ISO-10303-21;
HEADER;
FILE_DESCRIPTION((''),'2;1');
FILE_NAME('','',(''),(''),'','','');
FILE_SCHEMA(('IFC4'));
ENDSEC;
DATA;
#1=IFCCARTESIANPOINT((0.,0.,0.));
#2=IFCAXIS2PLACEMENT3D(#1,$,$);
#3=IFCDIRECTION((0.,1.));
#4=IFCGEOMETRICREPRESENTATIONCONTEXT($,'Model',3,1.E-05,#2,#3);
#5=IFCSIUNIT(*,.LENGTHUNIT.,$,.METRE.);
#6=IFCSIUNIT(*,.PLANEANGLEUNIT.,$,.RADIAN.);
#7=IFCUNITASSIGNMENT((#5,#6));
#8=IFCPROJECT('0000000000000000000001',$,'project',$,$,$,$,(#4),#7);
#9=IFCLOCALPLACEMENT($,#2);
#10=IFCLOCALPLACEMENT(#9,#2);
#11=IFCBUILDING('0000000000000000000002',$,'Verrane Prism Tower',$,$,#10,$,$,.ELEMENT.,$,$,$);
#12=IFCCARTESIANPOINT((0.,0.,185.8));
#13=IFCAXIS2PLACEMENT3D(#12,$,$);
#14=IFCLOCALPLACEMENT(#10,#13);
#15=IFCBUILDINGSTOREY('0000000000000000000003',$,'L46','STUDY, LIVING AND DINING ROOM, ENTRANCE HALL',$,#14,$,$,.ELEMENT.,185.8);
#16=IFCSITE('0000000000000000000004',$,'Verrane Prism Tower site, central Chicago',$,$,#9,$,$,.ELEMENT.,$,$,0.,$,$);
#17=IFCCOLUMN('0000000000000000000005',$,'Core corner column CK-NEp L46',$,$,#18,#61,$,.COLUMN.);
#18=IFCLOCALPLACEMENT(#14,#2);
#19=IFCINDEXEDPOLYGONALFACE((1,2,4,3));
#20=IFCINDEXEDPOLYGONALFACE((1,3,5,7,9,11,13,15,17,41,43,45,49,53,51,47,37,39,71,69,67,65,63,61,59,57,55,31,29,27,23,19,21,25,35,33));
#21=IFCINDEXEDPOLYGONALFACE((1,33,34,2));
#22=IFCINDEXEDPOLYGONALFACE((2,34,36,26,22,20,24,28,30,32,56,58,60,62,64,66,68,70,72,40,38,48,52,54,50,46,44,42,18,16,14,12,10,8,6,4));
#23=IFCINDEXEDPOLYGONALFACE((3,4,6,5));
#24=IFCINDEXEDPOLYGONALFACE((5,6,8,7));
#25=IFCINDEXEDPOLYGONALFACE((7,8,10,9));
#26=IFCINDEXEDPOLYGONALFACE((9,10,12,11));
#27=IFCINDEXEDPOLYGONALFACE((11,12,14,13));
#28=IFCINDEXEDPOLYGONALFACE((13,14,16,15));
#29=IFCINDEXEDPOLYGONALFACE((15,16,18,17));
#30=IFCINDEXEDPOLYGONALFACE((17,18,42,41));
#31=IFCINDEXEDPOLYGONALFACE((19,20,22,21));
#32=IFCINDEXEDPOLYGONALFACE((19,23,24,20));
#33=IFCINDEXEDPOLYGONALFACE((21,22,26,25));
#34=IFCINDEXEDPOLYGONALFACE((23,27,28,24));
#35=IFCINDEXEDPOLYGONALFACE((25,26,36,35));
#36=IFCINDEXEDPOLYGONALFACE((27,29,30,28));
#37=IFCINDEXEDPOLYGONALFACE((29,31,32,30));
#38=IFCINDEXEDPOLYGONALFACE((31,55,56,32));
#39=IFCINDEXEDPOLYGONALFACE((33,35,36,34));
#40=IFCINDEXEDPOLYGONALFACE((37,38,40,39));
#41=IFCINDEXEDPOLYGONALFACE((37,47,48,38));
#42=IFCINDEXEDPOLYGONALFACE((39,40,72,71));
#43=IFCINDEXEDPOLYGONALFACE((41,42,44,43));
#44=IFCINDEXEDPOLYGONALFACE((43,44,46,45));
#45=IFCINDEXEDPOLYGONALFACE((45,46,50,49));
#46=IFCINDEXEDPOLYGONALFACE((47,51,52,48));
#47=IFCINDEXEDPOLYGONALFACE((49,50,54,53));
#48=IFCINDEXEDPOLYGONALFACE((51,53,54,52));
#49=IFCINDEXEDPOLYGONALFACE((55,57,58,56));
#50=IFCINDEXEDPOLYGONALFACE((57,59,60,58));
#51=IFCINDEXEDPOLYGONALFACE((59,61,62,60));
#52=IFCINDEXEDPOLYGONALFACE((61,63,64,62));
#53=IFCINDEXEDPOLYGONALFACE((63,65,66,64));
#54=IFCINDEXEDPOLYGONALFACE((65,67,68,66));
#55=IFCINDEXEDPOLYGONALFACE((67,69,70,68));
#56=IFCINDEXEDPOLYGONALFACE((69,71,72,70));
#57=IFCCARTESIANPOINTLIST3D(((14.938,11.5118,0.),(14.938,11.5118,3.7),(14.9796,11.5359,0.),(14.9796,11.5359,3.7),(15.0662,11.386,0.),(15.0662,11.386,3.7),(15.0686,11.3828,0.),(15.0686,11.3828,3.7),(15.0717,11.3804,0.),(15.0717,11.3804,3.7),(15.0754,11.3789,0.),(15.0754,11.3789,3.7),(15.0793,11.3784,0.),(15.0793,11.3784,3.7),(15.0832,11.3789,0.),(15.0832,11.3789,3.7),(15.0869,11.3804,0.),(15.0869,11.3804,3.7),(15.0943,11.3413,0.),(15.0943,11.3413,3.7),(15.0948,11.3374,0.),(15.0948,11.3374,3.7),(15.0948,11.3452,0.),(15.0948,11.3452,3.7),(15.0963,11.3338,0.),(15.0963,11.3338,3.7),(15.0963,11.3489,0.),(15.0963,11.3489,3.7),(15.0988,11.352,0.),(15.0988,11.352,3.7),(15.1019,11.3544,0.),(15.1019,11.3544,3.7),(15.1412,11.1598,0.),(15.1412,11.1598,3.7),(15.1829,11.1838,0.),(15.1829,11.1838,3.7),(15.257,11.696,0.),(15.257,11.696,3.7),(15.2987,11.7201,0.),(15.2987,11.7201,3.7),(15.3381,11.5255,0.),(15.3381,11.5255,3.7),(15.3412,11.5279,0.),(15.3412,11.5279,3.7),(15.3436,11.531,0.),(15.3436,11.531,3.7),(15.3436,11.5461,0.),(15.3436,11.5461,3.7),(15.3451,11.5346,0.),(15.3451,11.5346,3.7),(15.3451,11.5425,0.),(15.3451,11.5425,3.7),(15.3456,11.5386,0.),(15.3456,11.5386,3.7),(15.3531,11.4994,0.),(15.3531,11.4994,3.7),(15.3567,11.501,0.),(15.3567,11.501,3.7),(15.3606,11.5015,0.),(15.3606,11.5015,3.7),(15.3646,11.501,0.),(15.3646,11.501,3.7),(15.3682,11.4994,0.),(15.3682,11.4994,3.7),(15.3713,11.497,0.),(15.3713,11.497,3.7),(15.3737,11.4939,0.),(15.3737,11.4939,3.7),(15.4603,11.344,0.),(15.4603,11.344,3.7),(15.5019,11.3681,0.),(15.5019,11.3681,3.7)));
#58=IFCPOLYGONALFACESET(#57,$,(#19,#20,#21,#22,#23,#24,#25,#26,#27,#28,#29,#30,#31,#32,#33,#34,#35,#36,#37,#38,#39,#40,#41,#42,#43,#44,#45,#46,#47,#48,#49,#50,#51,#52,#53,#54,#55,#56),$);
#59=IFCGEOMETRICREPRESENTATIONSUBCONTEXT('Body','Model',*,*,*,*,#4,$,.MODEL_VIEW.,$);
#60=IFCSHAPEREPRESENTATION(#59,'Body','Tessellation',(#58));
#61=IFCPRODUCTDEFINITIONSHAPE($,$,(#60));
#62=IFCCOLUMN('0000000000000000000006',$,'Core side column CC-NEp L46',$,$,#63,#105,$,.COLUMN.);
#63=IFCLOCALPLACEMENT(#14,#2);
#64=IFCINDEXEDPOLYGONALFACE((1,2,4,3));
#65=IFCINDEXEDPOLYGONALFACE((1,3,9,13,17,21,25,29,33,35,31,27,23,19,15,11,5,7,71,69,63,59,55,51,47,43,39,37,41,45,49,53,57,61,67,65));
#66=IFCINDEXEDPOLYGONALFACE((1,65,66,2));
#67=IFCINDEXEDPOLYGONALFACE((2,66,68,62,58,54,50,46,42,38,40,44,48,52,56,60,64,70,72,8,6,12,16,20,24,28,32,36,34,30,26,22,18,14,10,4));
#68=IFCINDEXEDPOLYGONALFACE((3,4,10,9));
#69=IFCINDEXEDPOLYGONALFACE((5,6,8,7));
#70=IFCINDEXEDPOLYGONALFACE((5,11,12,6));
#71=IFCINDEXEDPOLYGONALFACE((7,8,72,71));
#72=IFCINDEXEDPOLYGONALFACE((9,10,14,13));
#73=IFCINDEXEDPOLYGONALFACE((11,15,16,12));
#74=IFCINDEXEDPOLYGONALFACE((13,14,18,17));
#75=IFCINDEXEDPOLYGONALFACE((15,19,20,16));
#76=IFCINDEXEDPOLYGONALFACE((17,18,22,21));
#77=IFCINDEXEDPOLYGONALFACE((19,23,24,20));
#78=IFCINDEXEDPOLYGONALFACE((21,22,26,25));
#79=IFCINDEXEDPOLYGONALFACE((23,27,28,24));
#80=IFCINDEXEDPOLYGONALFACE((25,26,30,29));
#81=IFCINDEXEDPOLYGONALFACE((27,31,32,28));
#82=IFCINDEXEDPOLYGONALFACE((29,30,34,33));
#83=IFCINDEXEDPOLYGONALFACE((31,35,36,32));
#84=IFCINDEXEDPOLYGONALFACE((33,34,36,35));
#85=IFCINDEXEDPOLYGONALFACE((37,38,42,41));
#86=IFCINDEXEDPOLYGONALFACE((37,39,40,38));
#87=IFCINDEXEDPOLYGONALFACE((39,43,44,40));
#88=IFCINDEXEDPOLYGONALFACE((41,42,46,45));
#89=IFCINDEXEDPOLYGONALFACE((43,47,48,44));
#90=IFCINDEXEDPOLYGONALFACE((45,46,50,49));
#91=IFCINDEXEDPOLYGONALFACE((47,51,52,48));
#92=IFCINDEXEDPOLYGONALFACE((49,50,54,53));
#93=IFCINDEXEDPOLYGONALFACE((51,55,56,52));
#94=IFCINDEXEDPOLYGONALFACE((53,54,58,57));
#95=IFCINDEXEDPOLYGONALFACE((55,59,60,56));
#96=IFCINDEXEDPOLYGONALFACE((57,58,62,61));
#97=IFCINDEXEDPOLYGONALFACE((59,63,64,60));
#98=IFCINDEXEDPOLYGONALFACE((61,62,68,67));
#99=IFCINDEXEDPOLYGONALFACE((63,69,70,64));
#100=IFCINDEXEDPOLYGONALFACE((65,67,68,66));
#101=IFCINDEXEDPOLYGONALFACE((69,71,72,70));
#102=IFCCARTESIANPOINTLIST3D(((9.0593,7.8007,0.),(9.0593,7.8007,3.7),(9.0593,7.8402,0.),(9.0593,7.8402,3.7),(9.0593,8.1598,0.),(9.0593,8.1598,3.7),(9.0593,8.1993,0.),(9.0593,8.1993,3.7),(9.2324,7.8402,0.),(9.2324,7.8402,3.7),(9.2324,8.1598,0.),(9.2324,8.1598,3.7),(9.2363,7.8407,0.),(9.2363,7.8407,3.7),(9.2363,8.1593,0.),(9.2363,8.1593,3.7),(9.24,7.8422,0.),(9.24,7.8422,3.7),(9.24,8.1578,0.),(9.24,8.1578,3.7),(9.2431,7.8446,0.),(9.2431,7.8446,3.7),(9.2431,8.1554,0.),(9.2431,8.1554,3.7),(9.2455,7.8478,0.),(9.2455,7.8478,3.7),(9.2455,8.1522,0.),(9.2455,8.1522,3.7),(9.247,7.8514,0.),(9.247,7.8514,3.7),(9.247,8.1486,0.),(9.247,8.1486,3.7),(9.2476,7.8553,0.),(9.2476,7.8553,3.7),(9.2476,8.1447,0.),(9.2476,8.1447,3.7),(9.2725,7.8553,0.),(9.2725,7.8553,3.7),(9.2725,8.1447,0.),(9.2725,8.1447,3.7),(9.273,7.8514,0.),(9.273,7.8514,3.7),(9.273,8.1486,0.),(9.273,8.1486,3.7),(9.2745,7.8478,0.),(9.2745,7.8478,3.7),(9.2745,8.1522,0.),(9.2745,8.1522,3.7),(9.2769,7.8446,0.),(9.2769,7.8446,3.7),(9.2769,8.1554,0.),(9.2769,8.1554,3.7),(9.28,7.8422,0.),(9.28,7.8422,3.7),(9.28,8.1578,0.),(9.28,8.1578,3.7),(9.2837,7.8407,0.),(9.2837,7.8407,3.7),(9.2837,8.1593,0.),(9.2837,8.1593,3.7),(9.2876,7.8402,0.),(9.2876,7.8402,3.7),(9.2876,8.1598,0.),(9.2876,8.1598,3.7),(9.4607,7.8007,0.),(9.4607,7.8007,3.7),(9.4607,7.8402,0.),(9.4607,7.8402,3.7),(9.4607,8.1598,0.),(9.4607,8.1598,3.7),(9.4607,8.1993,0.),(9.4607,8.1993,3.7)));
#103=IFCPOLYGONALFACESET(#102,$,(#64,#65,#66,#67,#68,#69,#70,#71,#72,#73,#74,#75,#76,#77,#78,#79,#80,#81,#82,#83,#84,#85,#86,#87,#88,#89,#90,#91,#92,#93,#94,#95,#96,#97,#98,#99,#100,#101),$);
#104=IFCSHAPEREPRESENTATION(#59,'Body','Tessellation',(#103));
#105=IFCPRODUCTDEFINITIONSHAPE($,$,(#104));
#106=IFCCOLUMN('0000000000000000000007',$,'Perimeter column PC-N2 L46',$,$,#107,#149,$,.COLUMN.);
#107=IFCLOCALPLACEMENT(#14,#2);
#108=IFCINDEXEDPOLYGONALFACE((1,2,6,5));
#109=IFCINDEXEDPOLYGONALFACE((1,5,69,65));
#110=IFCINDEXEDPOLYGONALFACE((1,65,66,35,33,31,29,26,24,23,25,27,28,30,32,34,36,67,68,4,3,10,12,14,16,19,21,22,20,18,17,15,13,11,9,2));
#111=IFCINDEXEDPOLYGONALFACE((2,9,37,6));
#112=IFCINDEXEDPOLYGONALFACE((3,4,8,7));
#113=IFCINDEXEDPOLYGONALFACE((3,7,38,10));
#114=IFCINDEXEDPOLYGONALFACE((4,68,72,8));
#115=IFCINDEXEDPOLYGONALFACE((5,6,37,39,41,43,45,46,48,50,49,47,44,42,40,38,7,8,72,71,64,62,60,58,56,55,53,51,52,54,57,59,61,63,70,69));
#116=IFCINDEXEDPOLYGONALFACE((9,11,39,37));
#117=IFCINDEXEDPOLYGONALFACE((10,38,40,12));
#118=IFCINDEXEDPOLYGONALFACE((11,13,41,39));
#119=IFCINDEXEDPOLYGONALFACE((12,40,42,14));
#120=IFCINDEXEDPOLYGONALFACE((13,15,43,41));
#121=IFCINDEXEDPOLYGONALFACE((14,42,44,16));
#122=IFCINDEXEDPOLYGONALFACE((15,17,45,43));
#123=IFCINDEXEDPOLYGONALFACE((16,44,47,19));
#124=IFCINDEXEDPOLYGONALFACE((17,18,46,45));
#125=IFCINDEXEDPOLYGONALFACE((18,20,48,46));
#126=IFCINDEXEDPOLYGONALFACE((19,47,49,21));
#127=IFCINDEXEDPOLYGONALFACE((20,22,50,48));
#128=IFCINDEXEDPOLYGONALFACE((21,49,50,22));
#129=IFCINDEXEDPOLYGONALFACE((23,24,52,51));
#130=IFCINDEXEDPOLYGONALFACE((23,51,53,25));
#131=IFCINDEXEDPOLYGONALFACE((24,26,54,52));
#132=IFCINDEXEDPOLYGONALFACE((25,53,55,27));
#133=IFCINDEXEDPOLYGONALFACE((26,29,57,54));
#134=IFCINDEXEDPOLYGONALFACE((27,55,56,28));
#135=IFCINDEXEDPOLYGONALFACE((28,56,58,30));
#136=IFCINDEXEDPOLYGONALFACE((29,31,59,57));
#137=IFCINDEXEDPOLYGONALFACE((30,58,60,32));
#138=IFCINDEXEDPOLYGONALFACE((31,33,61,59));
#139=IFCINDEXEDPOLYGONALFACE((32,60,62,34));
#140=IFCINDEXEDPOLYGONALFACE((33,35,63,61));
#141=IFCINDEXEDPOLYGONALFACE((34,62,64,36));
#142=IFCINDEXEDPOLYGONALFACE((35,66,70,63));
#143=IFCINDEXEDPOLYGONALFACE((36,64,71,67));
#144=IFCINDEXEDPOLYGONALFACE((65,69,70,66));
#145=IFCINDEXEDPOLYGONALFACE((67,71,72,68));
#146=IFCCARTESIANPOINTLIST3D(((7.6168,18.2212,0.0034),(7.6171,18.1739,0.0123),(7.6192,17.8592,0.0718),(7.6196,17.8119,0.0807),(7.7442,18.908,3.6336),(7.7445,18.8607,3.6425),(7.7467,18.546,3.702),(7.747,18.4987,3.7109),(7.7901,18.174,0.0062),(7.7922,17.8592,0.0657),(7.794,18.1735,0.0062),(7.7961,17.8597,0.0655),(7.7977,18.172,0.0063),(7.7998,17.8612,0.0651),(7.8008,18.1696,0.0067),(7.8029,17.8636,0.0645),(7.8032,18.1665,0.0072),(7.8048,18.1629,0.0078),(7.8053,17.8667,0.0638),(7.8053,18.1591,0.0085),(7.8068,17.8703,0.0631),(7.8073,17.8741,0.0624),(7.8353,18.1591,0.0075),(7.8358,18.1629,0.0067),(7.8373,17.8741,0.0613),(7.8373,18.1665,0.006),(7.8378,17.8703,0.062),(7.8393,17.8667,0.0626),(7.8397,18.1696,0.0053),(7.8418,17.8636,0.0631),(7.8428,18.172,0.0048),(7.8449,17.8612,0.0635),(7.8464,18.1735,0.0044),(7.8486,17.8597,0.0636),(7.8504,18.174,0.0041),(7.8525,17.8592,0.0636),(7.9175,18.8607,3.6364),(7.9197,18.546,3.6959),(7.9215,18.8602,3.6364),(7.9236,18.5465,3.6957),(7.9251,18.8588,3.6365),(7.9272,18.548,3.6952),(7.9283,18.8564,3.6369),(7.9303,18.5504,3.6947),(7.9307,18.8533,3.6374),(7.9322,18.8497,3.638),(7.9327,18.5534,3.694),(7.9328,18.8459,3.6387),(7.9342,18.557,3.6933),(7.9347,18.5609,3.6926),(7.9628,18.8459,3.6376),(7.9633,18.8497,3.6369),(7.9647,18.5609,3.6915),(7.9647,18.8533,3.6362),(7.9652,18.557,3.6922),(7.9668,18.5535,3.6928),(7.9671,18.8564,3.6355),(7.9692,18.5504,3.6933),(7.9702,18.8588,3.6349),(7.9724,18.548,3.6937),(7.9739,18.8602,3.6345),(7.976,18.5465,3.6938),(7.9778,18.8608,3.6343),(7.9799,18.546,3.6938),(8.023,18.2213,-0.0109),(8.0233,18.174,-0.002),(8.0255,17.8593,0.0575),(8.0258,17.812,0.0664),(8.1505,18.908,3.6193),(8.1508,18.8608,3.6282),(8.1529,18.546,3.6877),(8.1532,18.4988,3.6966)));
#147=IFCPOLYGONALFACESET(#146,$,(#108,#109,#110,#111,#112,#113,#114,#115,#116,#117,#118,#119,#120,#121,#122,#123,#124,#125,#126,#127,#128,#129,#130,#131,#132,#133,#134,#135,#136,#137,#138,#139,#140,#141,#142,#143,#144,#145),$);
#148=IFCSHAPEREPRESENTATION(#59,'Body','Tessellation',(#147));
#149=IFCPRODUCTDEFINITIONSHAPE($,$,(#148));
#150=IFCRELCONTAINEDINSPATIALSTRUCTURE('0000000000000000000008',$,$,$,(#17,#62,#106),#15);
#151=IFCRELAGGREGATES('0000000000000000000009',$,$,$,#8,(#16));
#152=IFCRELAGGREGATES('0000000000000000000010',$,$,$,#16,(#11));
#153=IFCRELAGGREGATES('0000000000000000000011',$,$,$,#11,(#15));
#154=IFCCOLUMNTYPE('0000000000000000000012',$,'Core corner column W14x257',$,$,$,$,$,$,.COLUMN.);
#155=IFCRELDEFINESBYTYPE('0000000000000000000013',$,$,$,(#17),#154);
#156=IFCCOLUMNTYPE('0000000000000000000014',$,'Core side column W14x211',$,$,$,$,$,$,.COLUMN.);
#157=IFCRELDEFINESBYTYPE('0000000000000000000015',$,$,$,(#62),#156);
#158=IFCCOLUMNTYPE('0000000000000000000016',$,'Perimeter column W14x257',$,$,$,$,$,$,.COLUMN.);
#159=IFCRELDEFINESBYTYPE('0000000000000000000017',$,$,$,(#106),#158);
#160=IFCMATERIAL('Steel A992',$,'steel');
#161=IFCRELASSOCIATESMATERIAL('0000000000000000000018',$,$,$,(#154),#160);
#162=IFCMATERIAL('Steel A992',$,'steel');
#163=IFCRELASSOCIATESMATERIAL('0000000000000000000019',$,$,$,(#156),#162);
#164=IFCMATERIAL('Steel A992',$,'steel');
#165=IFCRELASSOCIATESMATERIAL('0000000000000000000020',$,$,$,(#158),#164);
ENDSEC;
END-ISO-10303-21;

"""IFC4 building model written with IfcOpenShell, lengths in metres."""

from ifc_helpers import new_model, si_unit, direction, frame, origin, origin_2d, place, context, subcontext, project, spatial, i_section, extrude, material, material_profile, profile_set, type_object, element, save


model = new_model("IFC4")

# Units and contexts
model_context = context("Model", 3, precision=1e-05, world=origin(), true_north=direction((0.0, 1.0)))
body_context = subcontext(model_context, "Body", "Model", "MODEL_VIEW")
ifc_project = project(units=[si_unit("LENGTHUNIT", "METRE"), si_unit("PLANEANGLEUNIT", "RADIAN")], contexts=[model_context])

# Site, building, storey
site_placement = place(None, origin())
site = spatial("IfcSite", under=ifc_project, at=site_placement, Name="Verrane Prism Tower site, central Chicago", CompositionType="ELEMENT", RefElevation=0.0)
building_placement = place(site_placement, origin())
building = spatial("IfcBuilding", under=site, at=building_placement, Name="Verrane Prism Tower", CompositionType="ELEMENT")
storey_placement = place(building_placement, frame((0.0, 0.0, 185.8)))
storey = spatial("IfcBuildingStorey", under=building, at=storey_placement, Name="L46", Description="STUDY, LIVING AND DINING ROOM, ENTRANCE HALL", CompositionType="ELEMENT", Elevation=185.8)

# Columns
ifc_material_1 = material(Name="Steel A992", Category="steel")
ifc_material_profile_1 = material_profile(ifc_material_1, i_section(OverallWidth=0.4065, OverallDepth=0.4165, WebThickness=0.03, FlangeThickness=0.0481, FilletRadius=0.0151, at=origin_2d()), Name="W14x257")
ifc_profile_set_1 = profile_set([ifc_material_profile_1], Name="Steel A992")
column_type_1 = type_object("IfcColumnType", Name="Core corner column W14x257", PredefinedType="COLUMN", material=ifc_profile_set_1)
column_1_placement = place(storey_placement, frame((15.22, 11.4399, 0.0), z_axis=(0.0, 0.0, 1.0), x_axis=(0.5, -0.866025, 0.0)))
element("IfcColumn", 1, at=column_1_placement, inside=storey, type_object=column_type_1, Name="Core corner column CK-NEp L46", PredefinedType="COLUMN", context=body_context, shape_type="SweptSolid", body=[
    extrude(i_section(OverallWidth=0.4065, OverallDepth=0.4165, WebThickness=0.03, FlangeThickness=0.0481, FilletRadius=0.0151, at=origin_2d()), origin(), (0.0, 0.0, 1.0), 3.7),
])
ifc_material_2 = material(Name="Steel A992", Category="steel")
ifc_material_profile_2 = material_profile(ifc_material_2, i_section(OverallWidth=0.4014, OverallDepth=0.3987, WebThickness=0.0249, FlangeThickness=0.0396, FilletRadius=0.0151, at=origin_2d()), Name="W14x211")
ifc_profile_set_2 = profile_set([ifc_material_profile_2], Name="Steel A992")
column_type_2 = type_object("IfcColumnType", Name="Core side column W14x211", PredefinedType="COLUMN", material=ifc_profile_set_2)
column_2_placement = place(storey_placement, frame((9.26, 8.0, 0.0), z_axis=(0.0, 0.0, 1.0), x_axis=(1.0, 0.0, 0.0)))
element("IfcColumn", 2, at=column_2_placement, inside=storey, type_object=column_type_2, Name="Core side column CC-NEp L46", PredefinedType="COLUMN", context=body_context, shape_type="SweptSolid", body=[
    extrude(i_section(OverallWidth=0.4014, OverallDepth=0.3987, WebThickness=0.0249, FlangeThickness=0.0396, FilletRadius=0.0151, at=origin_2d()), origin(), (0.0, 0.0, 1.0), 3.7),
])
ifc_material_3 = material(Name="Steel A992", Category="steel")
ifc_material_profile_3 = material_profile(ifc_material_3, i_section(OverallWidth=0.4065, OverallDepth=0.4165, WebThickness=0.03, FlangeThickness=0.0481, FilletRadius=0.0151, at=origin_2d()), Name="W14x257")
ifc_profile_set_3 = profile_set([ifc_material_profile_3], Name="Steel A992")
column_type_3 = type_object("IfcColumnType", Name="Perimeter column W14x257", PredefinedType="COLUMN", material=ifc_profile_set_3)
column_3_placement = place(storey_placement, frame((7.8213, 18.0166, 0.0349), z_axis=(0.034474, 0.185778, 0.981987), x_axis=(0.999383, 0.000143, -0.035112)))
element("IfcColumn", 3, at=column_3_placement, inside=storey, type_object=column_type_3, Name="Perimeter column PC-N2 L46", PredefinedType="COLUMN", context=body_context, shape_type="SweptSolid", body=[
    extrude(i_section(OverallWidth=0.4065, OverallDepth=0.4165, WebThickness=0.03, FlangeThickness=0.0481, FilletRadius=0.0151, at=origin_2d()), origin(), (0.0, 0.0, 1.0), 3.6968),
])

save(model, "model.ifc")
